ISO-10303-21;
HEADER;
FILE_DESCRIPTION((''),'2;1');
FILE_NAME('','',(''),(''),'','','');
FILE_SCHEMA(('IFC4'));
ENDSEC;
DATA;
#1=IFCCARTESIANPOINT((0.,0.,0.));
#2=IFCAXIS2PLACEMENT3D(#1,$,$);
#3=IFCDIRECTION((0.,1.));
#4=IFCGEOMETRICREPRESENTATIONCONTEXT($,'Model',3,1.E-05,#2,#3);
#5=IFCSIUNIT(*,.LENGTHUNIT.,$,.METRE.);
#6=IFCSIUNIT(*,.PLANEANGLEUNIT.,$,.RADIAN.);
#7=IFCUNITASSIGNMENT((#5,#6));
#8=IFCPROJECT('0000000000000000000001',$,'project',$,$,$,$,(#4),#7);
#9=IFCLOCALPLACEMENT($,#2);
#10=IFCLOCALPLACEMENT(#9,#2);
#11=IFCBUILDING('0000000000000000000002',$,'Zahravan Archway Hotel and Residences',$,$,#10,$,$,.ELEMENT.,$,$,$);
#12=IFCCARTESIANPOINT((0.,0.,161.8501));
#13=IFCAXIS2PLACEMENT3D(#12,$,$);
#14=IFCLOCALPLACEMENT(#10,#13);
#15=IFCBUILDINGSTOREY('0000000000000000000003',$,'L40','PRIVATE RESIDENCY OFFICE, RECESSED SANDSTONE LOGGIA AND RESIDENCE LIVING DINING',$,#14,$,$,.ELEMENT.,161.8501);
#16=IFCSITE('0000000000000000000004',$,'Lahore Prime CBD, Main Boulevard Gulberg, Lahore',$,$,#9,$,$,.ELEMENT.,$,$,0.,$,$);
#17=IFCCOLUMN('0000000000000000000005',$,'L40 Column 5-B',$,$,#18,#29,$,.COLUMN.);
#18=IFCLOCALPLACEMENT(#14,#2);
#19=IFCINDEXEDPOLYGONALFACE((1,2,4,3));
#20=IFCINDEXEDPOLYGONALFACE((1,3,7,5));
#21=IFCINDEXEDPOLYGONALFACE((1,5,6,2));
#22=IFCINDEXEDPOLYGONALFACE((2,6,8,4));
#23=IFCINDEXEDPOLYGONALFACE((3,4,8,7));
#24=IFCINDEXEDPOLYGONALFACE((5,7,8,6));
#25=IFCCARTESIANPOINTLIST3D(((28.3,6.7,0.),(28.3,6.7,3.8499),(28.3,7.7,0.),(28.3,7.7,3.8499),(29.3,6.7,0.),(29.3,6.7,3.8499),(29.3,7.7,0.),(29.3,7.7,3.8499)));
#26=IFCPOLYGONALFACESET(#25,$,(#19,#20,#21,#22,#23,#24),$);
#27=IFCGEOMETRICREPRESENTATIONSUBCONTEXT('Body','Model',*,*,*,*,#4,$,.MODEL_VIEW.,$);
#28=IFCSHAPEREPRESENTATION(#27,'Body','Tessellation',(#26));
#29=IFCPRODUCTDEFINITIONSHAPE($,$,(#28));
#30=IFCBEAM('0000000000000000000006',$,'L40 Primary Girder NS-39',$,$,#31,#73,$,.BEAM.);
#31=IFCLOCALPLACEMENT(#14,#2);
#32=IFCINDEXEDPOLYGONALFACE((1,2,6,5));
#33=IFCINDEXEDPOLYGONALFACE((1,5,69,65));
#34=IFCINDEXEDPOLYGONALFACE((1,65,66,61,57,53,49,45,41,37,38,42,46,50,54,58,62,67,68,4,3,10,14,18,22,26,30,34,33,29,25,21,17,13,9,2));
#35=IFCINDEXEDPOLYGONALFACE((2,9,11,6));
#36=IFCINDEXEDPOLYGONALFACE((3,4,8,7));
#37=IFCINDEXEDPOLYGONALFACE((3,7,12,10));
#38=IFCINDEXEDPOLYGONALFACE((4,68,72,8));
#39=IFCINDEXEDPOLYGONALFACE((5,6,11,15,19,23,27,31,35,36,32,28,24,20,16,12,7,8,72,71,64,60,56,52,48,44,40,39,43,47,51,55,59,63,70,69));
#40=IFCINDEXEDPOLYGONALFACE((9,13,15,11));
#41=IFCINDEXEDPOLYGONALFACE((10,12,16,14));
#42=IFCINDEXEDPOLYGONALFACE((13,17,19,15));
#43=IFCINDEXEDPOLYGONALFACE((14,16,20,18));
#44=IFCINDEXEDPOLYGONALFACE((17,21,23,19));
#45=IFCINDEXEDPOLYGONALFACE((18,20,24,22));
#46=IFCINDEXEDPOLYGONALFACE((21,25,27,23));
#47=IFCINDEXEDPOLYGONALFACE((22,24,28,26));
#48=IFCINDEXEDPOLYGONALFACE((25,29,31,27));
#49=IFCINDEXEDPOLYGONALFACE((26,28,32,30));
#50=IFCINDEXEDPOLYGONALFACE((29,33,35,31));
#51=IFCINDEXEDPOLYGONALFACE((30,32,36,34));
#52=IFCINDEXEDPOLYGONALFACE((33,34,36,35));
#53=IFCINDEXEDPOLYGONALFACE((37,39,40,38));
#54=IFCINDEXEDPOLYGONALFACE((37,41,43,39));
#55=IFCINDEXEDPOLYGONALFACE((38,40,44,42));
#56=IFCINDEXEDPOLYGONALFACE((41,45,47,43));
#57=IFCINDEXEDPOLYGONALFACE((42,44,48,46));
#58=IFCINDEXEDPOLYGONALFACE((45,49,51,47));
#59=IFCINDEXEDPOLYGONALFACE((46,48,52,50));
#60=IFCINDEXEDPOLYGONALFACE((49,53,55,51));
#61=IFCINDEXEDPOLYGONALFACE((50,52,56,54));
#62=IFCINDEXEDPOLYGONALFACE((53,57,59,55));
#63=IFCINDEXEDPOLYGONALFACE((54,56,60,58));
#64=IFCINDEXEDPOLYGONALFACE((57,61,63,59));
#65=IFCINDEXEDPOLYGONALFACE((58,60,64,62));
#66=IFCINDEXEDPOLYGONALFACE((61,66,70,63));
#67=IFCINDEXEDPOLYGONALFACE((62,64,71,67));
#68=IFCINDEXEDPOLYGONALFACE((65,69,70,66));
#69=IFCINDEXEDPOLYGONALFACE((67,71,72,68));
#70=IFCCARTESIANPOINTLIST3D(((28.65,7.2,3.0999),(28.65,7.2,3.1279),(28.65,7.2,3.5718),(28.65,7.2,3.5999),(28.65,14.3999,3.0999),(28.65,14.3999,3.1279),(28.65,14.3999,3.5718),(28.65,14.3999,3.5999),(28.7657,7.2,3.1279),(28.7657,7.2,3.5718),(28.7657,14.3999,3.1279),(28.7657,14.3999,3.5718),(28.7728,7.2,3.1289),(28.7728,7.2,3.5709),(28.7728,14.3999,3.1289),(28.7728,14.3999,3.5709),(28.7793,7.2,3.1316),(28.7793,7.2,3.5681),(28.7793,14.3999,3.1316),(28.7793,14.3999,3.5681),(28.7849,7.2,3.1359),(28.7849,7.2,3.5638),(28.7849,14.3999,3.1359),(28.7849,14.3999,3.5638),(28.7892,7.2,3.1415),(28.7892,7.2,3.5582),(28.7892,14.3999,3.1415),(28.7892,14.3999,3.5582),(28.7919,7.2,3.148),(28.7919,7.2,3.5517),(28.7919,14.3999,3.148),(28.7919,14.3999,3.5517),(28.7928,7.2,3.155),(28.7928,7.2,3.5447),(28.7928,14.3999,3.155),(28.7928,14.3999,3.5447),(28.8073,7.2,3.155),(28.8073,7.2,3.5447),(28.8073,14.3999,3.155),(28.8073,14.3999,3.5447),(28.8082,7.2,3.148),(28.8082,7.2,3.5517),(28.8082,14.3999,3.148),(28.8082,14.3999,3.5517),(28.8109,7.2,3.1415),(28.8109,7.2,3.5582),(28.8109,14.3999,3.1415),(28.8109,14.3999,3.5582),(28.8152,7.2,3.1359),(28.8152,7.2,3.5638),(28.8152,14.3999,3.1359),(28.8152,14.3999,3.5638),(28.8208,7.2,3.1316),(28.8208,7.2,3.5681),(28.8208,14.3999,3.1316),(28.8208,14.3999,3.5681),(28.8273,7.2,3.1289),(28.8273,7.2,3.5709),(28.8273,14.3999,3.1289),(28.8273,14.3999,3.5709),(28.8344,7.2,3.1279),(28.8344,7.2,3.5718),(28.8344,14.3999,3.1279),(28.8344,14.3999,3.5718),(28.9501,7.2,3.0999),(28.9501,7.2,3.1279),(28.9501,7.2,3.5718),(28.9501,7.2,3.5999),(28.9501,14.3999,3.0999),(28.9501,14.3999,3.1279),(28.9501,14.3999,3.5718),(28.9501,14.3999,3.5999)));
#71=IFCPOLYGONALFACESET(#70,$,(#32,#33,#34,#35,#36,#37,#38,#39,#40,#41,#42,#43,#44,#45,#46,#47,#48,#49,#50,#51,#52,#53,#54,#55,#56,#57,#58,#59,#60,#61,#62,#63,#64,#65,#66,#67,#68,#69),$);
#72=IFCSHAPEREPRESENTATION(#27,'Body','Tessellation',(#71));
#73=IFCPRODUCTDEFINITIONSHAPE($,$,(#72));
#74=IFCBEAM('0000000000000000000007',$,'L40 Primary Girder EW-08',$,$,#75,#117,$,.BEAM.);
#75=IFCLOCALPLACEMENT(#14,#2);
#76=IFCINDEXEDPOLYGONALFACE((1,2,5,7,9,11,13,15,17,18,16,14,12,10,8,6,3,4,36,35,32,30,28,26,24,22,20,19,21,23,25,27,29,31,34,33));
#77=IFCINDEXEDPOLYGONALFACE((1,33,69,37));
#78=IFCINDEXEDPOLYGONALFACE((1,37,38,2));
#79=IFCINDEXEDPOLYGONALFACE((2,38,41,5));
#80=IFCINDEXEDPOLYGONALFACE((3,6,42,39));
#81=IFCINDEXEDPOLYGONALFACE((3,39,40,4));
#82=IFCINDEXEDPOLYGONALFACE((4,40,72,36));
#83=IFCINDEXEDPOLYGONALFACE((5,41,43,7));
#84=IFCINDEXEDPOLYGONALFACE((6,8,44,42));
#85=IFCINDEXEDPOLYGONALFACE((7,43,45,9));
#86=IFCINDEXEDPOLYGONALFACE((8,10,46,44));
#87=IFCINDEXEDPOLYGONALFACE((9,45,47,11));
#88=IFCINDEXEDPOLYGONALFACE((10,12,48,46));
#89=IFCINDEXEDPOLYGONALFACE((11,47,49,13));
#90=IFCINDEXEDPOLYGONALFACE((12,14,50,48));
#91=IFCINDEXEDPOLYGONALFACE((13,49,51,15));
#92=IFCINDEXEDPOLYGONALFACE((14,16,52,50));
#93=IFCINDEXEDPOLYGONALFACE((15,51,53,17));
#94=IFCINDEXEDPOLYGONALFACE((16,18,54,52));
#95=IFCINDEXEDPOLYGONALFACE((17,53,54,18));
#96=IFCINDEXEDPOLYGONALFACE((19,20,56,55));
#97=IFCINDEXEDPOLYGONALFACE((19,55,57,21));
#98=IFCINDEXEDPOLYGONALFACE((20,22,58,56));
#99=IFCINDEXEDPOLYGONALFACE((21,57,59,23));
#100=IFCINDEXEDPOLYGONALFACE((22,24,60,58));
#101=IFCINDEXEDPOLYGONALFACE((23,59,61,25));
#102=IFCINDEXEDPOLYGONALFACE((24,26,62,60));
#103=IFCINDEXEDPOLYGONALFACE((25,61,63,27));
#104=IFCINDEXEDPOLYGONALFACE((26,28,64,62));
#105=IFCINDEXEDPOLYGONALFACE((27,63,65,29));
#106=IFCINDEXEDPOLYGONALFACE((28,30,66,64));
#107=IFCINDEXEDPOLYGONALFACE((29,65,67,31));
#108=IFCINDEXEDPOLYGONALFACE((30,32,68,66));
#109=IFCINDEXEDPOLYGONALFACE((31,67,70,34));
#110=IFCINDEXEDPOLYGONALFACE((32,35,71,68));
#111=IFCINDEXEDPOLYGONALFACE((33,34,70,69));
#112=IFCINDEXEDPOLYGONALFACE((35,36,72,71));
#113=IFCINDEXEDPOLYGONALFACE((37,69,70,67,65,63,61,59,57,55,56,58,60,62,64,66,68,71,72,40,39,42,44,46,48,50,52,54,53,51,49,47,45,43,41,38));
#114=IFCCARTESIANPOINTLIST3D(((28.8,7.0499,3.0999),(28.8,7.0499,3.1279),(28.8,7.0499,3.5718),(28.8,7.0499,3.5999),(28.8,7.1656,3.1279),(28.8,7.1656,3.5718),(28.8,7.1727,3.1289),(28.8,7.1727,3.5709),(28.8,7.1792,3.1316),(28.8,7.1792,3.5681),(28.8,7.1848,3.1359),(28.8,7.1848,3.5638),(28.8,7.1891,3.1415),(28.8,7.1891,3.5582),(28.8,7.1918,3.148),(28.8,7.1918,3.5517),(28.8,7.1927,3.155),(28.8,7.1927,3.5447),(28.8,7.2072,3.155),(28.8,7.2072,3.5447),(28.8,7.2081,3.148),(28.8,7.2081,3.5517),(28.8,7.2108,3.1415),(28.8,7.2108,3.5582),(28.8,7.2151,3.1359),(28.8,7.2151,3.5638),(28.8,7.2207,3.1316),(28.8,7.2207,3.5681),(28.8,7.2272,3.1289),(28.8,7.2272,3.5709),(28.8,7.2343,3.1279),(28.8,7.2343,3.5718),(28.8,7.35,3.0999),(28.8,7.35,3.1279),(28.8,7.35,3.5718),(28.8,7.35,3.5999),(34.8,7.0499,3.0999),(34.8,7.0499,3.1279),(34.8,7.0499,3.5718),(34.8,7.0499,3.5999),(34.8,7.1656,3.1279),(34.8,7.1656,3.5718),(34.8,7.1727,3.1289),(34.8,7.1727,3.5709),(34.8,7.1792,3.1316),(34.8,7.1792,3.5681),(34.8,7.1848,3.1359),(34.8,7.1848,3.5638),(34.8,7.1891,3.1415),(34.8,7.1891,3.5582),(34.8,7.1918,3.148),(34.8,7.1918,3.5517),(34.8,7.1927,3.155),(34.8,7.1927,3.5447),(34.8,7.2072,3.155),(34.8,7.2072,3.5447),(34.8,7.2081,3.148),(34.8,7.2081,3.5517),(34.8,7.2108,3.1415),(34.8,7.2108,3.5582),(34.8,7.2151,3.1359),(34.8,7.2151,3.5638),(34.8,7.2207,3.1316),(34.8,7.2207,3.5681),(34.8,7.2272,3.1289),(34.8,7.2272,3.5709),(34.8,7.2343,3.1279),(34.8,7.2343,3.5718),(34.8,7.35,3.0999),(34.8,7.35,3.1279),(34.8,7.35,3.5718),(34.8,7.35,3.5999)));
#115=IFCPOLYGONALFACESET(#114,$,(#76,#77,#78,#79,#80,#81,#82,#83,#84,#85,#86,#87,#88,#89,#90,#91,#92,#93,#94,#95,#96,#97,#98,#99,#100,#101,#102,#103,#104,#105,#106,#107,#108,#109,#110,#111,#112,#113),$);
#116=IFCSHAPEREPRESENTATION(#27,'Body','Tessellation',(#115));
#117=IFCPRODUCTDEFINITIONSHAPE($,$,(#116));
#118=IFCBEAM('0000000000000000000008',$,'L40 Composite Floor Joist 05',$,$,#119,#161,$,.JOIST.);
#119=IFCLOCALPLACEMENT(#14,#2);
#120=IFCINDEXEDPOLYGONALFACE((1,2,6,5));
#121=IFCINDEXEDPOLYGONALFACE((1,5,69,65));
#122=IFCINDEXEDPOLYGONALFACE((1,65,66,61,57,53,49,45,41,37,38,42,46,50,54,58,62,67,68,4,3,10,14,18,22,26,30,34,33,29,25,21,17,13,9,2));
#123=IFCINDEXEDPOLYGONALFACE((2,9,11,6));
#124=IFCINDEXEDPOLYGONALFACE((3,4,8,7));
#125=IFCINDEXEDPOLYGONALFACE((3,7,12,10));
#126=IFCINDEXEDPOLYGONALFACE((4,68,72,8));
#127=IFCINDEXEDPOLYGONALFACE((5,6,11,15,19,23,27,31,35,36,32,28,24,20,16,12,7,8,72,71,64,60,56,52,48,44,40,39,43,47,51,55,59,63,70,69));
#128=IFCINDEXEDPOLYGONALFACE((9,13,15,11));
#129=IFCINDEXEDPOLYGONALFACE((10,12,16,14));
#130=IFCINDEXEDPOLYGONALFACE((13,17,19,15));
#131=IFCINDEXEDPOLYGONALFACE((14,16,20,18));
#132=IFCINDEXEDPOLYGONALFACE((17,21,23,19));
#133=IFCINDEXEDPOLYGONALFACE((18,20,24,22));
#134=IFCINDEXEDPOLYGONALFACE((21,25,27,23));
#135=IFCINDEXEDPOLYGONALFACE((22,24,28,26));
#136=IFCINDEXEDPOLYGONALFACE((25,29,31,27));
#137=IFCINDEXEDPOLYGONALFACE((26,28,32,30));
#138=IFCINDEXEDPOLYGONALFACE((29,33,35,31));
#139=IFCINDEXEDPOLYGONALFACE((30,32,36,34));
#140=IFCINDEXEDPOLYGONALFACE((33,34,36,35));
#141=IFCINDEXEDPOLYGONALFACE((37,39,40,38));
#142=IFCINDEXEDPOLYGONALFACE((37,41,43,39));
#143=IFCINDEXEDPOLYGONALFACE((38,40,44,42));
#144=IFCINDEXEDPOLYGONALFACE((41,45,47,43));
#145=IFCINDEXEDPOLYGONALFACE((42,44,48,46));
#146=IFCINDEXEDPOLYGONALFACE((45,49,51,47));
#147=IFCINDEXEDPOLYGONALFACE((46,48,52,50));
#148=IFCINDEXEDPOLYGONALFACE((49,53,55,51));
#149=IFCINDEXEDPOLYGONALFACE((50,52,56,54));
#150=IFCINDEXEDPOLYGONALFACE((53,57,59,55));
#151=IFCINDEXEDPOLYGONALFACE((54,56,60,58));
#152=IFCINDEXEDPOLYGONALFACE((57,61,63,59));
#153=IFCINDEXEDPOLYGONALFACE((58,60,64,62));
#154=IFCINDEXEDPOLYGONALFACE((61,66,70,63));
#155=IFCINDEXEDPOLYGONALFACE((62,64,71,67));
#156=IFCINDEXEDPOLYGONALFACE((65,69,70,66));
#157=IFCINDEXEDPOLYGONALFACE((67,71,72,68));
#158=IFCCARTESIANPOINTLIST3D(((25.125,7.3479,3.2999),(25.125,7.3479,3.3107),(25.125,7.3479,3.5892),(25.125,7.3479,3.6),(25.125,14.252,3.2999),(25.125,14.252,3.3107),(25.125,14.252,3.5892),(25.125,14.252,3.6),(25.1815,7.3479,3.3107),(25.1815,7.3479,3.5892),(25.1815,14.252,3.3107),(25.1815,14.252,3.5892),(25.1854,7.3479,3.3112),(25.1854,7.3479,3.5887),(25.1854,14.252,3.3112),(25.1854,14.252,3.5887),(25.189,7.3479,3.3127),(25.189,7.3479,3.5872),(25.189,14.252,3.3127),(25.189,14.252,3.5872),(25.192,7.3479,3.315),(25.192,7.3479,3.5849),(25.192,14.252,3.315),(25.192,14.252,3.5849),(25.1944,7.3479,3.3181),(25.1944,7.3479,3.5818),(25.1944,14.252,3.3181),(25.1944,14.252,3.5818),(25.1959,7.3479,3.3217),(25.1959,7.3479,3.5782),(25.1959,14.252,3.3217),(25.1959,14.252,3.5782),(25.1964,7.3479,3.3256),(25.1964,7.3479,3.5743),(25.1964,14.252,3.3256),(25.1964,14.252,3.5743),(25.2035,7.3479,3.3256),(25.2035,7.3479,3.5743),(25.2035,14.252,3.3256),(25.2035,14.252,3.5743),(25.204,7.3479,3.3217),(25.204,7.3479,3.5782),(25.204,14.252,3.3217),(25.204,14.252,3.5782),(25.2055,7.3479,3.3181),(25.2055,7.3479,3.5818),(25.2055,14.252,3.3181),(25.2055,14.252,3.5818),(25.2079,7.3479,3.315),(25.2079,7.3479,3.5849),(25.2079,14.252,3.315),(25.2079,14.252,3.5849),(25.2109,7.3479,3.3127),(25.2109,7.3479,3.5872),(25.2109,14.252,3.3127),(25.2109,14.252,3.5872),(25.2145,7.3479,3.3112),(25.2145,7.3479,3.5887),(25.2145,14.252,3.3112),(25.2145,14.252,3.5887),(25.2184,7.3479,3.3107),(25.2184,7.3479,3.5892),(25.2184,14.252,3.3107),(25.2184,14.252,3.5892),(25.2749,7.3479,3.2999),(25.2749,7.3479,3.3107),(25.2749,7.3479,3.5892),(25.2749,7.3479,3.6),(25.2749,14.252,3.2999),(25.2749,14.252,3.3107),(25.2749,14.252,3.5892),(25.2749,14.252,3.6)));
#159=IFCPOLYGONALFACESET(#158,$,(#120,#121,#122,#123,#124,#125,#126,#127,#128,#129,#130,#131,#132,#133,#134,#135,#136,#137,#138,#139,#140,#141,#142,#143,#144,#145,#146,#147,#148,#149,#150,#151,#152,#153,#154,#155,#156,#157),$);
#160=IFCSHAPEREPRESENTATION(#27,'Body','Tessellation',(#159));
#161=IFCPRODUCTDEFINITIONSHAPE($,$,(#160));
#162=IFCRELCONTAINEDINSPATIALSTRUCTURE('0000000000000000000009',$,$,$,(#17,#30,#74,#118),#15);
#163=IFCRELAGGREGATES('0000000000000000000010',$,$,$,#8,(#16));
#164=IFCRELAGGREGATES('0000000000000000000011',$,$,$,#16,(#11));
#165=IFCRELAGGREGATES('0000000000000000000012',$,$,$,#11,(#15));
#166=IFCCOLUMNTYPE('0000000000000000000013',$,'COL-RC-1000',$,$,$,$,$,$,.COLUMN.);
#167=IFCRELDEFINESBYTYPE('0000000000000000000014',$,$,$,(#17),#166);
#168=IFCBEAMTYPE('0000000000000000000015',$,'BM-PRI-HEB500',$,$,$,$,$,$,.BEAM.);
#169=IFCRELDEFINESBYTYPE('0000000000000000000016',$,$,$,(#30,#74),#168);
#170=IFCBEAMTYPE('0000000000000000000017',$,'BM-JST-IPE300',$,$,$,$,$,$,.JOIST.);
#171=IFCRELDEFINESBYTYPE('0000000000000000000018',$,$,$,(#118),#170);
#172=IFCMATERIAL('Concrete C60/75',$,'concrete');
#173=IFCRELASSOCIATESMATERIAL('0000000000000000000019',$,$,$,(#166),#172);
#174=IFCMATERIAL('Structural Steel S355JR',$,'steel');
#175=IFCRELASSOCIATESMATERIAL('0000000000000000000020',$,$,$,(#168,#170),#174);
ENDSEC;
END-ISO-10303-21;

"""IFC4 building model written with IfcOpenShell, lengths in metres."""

from ifc_helpers import new_model, si_unit, direction, frame, origin, origin_2d, place, context, subcontext, project, spatial, rectangle, i_section, extrude, source, transform, mapped, material, material_profile, profile_set, type_object, type_shapes, element, save


model = new_model("IFC4")

# Units and contexts
model_context = context("Model", 3, precision=1e-05, world=origin(), true_north=direction((0.0, 1.0)))
body_context = subcontext(model_context, "Body", "Model", "MODEL_VIEW")
ifc_project = project(units=[si_unit("LENGTHUNIT", "METRE"), si_unit("PLANEANGLEUNIT", "RADIAN")], contexts=[model_context])

# Site, building, storey
site_placement = place(None, origin())
site = spatial("IfcSite", under=ifc_project, at=site_placement, Name="Lahore Prime CBD, Main Boulevard Gulberg, Lahore", CompositionType="ELEMENT", RefElevation=0.0)
building_placement = place(site_placement, origin())
building = spatial("IfcBuilding", under=site, at=building_placement, Name="Zahravan Archway Hotel and Residences", CompositionType="ELEMENT")
storey_placement = place(building_placement, frame((0.0, 0.0, 161.8501)))
storey = spatial("IfcBuildingStorey", under=building, at=storey_placement, Name="L40", Description="PRIVATE RESIDENCY OFFICE, RECESSED SANDSTONE LOGGIA AND RESIDENCE LIVING DINING", CompositionType="ELEMENT", Elevation=161.8501)

# Column
ifc_material_1 = material(Name="Concrete C60/75", Category="concrete")
ifc_material_profile_1 = material_profile(ifc_material_1, rectangle(XDim=1.0, YDim=1.0, at=origin_2d()), Name="RC-COL-1000x1000", Category="concrete")
ifc_profile_set_1 = profile_set([ifc_material_profile_1], Name="Concrete C60/75")
column_type = type_object("IfcColumnType", Name="COL-RC-1000", PredefinedType="COLUMN", material=ifc_profile_set_1)
shared_shape_1 = source(origin(), body_context, "Body", "SweptSolid", [
    extrude(rectangle(XDim=1.0, YDim=1.0, at=origin_2d()), origin(), (0.0, 0.0, 1.0), 3.8499),
])
column_placement = place(storey_placement, frame((28.8, 7.2, 0.0), z_axis=(0.0, 0.0, 1.0), x_axis=(1.0, 0.0, 0.0)))
element("IfcColumn", 1, at=column_placement, inside=storey, type_object=column_type, Name="L40 Column 5-B", PredefinedType="COLUMN", context=body_context, shape_type="MappedRepresentation", body=[
    mapped(shared_shape_1, transform((0.0, 0.0, 0.0), scale=1.0)),
])

# Beams
ifc_material_2 = material(Name="Structural Steel S355JR", Category="steel")
ifc_material_profile_2 = material_profile(ifc_material_2, i_section(OverallWidth=0.3, OverallDepth=0.5, WebThickness=0.0144, FlangeThickness=0.0281, FilletRadius=0.0271, at=origin_2d()), Name="HEB 500", Category="steel")
ifc_profile_set_2 = profile_set([ifc_material_profile_2], Name="Structural Steel S355JR")
beam_type_1 = type_object("IfcBeamType", Name="BM-PRI-HEB500", PredefinedType="BEAM", material=ifc_profile_set_2)
shared_shape_2 = source(origin(), body_context, "Body", "SweptSolid", [
    extrude(i_section(OverallWidth=0.3, OverallDepth=0.5, WebThickness=0.0144, FlangeThickness=0.0281, FilletRadius=0.0271, at=origin_2d()), origin(), (0.0, 0.0, 1.0), 7.2),
])
beam_1_placement = place(storey_placement, frame((28.8, 7.2, 3.3499), z_axis=(0.0, 1.0, 0.0), x_axis=(-1.0, 0.0, 0.0)))
element("IfcBeam", 2, at=beam_1_placement, inside=storey, type_object=beam_type_1, Name="L40 Primary Girder NS-39", PredefinedType="BEAM", context=body_context, shape_type="MappedRepresentation", body=[
    mapped(shared_shape_2, transform((0.0, 0.0, 0.0), scale=1.0)),
])
shared_shape_3 = source(origin(), body_context, "Body", "SweptSolid", [
    extrude(i_section(OverallWidth=0.3, OverallDepth=0.5, WebThickness=0.0144, FlangeThickness=0.0281, FilletRadius=0.0271, at=origin_2d()), origin(), (0.0, 0.0, 1.0), 6.0),
])
beam_2_placement = place(storey_placement, frame((28.8, 7.2, 3.3499), z_axis=(1.0, 0.0, 0.0), x_axis=(0.0, 1.0, 0.0)))
element("IfcBeam", 3, at=beam_2_placement, inside=storey, type_object=beam_type_1, Name="L40 Primary Girder EW-08", PredefinedType="BEAM", context=body_context, shape_type="MappedRepresentation", body=[
    mapped(shared_shape_3, transform((0.0, 0.0, 0.0), scale=1.0)),
])
ifc_material_profile_3 = material_profile(ifc_material_2, i_section(OverallWidth=0.1499, OverallDepth=0.3, WebThickness=0.0071, FlangeThickness=0.0107, FilletRadius=0.0149, at=origin_2d()), Name="IPE 300", Category="steel")
ifc_profile_set_3 = profile_set([ifc_material_profile_3], Name="Structural Steel S355JR")
beam_type_2 = type_object("IfcBeamType", Name="BM-JST-IPE300", PredefinedType="JOIST", material=ifc_profile_set_3)
shared_shape_4 = source(origin(), body_context, "Body", "SweptSolid", [
    extrude(i_section(OverallWidth=0.1499, OverallDepth=0.3, WebThickness=0.0071, FlangeThickness=0.0107, FilletRadius=0.0149, at=origin_2d()), origin(), (0.0, 0.0, 1.0), 6.9041),
])
type_shapes(beam_type_2, [shared_shape_4])
beam_3_placement = place(storey_placement, frame((25.2, 7.3479, 3.45), z_axis=(0.0, 1.0, 0.0), x_axis=(-1.0, 0.0, 0.0)))
element("IfcBeam", 4, at=beam_3_placement, inside=storey, type_object=beam_type_2, Name="L40 Composite Floor Joist 05", PredefinedType="JOIST", context=body_context, shape_type="MappedRepresentation", body=[
    mapped(shared_shape_4, transform((0.0, 0.0, 0.0), scale=1.0)),
])

save(model, "model.ifc")
